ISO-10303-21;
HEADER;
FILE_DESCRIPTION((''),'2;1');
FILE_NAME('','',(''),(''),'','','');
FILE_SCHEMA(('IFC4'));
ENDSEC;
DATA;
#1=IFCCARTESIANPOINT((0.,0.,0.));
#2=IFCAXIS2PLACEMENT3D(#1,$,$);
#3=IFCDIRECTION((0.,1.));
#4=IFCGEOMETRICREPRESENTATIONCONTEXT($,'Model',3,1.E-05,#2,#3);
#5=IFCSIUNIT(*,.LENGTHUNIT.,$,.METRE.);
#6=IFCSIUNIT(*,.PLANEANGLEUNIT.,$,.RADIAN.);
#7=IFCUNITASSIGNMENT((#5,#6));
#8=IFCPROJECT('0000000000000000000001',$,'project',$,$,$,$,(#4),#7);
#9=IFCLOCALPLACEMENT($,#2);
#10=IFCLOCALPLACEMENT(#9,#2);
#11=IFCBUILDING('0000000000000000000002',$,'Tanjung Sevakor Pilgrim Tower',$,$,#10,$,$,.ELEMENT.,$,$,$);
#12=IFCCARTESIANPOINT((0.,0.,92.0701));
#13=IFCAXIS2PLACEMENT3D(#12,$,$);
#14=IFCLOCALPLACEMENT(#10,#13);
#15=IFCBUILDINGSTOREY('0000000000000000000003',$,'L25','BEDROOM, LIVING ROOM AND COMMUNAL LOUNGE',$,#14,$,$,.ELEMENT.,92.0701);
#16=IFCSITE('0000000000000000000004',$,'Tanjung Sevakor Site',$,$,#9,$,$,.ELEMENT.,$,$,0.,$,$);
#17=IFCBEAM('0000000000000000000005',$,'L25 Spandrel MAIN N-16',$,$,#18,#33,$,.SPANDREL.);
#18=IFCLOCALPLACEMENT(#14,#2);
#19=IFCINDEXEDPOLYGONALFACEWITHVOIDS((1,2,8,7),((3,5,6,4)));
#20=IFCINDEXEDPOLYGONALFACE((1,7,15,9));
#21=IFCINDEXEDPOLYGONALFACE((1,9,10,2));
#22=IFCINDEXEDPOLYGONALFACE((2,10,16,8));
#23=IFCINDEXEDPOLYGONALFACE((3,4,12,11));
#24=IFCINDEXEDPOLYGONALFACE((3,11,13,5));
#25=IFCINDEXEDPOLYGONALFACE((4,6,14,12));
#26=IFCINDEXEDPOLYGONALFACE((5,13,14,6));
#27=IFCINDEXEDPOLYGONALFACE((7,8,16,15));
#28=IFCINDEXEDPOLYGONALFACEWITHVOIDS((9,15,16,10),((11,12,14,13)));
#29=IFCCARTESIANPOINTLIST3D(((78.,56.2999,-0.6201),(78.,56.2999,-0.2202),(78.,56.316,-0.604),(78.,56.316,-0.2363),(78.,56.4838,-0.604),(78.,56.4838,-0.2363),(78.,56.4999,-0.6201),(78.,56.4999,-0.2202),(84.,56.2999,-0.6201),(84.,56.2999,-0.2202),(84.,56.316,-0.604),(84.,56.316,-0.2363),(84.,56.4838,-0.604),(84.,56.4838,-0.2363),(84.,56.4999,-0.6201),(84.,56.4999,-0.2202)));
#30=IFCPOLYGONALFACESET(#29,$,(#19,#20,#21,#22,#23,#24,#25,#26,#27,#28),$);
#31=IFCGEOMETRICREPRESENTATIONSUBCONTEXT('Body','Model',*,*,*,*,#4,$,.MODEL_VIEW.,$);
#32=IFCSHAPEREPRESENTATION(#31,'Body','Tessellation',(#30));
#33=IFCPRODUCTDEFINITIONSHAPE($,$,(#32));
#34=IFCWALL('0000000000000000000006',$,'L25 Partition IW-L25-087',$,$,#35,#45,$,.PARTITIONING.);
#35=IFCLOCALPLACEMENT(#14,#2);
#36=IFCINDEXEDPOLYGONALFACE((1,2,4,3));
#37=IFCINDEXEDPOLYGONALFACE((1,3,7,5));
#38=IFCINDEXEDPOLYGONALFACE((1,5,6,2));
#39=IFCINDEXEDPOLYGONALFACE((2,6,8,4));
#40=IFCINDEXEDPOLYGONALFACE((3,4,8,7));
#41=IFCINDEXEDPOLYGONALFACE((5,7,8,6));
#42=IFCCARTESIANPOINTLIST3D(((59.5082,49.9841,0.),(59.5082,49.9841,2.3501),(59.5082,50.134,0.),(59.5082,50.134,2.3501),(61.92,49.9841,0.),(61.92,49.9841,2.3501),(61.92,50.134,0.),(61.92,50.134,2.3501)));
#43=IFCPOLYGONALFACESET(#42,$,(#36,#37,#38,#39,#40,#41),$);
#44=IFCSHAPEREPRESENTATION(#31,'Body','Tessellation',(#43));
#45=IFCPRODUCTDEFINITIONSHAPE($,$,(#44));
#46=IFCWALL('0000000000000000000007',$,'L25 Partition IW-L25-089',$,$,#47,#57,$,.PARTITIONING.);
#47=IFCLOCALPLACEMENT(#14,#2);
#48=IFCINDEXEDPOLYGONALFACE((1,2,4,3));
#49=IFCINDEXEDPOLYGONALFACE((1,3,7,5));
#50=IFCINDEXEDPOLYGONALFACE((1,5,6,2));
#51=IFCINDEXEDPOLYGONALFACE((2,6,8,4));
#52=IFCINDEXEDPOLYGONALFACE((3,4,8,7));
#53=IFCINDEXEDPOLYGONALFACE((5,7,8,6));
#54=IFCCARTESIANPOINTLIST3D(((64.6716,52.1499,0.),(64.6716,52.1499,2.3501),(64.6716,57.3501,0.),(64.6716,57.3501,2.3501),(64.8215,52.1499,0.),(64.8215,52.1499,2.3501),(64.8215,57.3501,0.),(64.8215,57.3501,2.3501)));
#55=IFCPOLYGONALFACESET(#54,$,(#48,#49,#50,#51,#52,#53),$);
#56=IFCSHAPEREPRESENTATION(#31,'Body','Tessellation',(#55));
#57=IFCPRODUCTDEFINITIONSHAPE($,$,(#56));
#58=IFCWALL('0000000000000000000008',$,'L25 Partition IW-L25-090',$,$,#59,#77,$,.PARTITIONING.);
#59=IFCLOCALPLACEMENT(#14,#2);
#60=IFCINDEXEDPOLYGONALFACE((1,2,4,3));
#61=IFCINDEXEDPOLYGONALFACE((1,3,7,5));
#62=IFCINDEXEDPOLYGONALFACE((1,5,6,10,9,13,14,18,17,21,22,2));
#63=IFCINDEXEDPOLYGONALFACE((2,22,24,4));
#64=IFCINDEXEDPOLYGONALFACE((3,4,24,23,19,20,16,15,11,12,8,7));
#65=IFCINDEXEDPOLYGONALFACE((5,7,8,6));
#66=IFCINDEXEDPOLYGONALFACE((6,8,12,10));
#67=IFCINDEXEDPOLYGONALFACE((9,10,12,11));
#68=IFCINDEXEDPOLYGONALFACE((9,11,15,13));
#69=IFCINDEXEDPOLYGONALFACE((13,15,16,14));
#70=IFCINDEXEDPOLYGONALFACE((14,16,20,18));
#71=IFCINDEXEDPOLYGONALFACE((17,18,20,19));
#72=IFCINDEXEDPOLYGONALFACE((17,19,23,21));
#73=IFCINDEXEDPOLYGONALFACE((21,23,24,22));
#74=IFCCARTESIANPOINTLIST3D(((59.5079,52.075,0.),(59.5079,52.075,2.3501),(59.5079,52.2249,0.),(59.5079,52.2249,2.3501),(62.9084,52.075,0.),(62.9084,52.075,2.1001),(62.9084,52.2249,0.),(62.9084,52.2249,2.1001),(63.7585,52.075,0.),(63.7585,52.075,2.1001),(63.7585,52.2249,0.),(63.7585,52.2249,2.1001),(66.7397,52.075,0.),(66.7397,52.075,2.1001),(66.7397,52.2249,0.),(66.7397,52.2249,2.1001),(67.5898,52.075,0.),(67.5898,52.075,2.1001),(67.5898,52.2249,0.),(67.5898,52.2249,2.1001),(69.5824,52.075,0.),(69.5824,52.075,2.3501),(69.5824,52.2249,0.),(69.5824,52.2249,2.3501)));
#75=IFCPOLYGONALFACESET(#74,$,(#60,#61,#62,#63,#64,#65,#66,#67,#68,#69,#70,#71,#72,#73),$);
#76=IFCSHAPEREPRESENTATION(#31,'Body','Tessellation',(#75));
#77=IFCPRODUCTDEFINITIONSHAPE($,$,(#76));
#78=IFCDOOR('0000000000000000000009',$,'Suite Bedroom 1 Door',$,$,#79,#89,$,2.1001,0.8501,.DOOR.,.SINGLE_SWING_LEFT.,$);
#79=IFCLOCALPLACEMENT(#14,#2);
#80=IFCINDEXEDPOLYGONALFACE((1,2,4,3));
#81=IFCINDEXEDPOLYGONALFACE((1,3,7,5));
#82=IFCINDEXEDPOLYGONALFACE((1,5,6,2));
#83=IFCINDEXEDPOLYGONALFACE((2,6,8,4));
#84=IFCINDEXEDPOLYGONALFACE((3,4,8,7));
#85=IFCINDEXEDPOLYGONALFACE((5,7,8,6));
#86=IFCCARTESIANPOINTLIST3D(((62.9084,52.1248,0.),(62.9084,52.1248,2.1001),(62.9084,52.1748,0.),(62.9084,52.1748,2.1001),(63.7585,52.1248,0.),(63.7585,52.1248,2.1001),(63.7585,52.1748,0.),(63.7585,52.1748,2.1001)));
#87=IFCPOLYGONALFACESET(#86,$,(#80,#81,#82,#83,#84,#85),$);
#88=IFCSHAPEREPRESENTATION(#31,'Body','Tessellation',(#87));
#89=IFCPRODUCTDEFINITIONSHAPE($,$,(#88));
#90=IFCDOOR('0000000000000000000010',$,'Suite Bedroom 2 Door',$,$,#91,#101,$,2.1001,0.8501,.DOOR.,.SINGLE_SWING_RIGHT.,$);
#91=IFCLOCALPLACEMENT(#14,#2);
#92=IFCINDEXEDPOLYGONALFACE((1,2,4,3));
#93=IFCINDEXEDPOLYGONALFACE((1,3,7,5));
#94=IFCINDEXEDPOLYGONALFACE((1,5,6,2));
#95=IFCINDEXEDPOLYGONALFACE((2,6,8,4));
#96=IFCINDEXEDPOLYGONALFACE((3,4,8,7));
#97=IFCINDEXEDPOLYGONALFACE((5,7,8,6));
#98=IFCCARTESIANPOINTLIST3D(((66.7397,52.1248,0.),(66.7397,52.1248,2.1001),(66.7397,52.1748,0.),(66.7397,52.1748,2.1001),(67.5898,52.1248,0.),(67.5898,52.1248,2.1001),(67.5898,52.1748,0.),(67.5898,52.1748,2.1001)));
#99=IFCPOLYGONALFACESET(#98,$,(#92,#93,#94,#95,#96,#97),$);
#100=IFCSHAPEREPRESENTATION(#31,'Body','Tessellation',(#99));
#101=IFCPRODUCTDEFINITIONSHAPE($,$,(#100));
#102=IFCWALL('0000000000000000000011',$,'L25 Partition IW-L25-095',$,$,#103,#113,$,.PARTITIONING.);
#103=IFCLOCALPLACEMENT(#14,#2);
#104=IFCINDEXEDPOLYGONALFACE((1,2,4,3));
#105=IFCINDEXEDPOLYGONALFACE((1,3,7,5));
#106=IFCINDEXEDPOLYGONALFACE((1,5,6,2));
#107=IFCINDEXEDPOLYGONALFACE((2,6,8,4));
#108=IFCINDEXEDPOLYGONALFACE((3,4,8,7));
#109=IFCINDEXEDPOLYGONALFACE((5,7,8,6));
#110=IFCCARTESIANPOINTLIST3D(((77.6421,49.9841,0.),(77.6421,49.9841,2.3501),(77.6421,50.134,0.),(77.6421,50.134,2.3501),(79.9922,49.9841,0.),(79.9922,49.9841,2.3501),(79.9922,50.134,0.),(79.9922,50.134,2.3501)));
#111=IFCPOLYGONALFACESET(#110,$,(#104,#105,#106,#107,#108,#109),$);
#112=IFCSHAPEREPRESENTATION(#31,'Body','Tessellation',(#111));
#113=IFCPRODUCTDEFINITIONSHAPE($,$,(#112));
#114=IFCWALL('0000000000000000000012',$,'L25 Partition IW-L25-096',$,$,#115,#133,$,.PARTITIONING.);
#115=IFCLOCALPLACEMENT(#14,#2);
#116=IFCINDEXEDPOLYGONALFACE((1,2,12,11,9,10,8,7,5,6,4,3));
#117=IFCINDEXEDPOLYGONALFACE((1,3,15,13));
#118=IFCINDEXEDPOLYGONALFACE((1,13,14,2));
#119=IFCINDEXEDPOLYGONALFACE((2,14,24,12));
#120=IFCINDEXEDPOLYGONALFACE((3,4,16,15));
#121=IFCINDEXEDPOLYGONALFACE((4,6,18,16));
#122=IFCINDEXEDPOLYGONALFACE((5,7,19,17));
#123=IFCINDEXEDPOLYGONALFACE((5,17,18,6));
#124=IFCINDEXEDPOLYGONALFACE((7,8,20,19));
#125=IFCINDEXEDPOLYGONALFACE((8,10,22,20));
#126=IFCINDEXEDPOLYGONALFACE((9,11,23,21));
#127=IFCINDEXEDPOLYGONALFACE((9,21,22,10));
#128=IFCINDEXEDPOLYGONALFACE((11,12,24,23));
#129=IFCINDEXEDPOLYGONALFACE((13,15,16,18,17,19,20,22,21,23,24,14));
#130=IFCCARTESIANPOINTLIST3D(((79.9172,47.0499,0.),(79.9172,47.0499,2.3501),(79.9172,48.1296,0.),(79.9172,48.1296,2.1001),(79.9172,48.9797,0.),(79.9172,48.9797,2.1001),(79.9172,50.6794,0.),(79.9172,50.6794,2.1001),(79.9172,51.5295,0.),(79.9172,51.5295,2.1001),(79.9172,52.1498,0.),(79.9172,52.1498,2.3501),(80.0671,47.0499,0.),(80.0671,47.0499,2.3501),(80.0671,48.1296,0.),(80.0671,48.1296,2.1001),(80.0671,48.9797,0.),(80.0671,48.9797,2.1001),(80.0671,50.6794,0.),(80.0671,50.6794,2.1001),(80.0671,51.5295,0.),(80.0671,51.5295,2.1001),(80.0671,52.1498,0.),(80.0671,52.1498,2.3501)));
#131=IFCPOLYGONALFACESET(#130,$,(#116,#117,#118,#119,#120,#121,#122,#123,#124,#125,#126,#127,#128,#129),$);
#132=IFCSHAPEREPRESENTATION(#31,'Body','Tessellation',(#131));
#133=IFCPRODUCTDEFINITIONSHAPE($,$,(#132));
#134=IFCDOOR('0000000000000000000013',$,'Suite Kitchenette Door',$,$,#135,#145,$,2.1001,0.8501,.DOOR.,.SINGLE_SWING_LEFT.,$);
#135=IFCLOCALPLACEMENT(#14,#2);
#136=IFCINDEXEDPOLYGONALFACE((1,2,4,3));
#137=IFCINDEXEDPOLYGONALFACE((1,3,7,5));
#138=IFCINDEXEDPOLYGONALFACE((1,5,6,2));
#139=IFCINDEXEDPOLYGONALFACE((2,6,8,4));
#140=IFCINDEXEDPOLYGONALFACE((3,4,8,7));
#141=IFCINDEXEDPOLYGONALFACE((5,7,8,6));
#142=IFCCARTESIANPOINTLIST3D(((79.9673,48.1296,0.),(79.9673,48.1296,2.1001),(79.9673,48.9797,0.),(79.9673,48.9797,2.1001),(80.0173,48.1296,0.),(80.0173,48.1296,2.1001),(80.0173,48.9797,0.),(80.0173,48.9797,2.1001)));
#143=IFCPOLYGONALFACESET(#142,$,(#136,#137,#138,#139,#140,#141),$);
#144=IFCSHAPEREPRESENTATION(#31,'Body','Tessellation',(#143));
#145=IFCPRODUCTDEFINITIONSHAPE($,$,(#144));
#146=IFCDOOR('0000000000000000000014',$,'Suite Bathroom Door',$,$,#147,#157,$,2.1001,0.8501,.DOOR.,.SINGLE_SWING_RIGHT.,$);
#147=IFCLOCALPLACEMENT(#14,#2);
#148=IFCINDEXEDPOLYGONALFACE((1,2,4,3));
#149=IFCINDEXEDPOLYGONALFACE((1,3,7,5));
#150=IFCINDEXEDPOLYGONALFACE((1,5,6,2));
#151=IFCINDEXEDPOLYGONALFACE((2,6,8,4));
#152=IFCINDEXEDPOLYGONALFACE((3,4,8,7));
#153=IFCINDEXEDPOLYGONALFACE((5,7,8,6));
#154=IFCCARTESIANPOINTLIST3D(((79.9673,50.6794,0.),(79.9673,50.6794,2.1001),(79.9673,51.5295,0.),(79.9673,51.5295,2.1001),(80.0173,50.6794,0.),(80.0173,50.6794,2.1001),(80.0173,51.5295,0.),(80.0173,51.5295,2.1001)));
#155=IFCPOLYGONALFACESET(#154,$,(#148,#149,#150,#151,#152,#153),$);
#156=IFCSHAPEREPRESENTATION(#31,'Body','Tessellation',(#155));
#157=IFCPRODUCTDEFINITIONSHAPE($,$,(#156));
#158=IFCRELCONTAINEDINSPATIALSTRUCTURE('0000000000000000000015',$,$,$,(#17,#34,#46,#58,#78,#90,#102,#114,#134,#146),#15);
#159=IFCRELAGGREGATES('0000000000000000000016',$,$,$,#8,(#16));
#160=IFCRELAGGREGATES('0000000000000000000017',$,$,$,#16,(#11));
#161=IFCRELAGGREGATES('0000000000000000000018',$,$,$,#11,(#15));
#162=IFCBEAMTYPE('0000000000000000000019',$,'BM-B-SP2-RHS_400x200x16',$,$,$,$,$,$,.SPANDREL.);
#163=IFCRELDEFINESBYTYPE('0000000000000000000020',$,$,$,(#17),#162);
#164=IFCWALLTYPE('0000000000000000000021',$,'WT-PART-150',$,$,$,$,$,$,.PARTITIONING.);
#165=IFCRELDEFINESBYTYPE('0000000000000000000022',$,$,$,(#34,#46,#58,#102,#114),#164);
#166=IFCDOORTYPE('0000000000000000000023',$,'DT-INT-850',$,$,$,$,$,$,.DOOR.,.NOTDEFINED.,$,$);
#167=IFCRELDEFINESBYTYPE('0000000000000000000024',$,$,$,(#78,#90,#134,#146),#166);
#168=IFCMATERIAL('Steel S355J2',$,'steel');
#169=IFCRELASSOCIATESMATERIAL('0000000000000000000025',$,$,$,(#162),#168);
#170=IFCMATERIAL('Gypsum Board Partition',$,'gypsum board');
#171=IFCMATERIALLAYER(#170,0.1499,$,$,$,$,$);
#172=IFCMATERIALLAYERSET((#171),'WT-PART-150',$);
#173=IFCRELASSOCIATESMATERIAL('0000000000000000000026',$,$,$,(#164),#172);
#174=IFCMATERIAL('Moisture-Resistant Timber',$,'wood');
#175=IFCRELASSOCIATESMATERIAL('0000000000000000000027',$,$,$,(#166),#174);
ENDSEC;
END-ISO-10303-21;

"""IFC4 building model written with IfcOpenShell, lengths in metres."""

from ifc_helpers import new_model, si_unit, direction, frame, frame_2d, origin, origin_2d, place, context, subcontext, project, spatial, rectangle, hollow_rectangle, extrude, material, layer, layer_set, material_profile, profile_set, type_object, element, fill, save


model = new_model("IFC4")

# Units and contexts
model_context = context("Model", 3, precision=1e-05, world=origin(), true_north=direction((0.0, 1.0)))
body_context = subcontext(model_context, "Body", "Model", "MODEL_VIEW")
ifc_project = project(units=[si_unit("LENGTHUNIT", "METRE"), si_unit("PLANEANGLEUNIT", "RADIAN")], contexts=[model_context])

# Site, building, storey
site_placement = place(None, origin())
site = spatial("IfcSite", under=ifc_project, at=site_placement, Name="Tanjung Sevakor Site", CompositionType="ELEMENT", RefElevation=0.0)
building_placement = place(site_placement, origin())
building = spatial("IfcBuilding", under=site, at=building_placement, Name="Tanjung Sevakor Pilgrim Tower", CompositionType="ELEMENT")
storey_placement = place(building_placement, frame((0.0, 0.0, 92.0701)))
storey = spatial("IfcBuildingStorey", under=building, at=storey_placement, Name="L25", Description="BEDROOM, LIVING ROOM AND COMMUNAL LOUNGE", CompositionType="ELEMENT", Elevation=92.0701)

# Beam
ifc_material_1 = material(Name="Steel S355J2", Category="steel")
ifc_material_profile_1 = material_profile(ifc_material_1, hollow_rectangle(XDim=0.2, YDim=0.3999, WallThickness=0.0161, at=origin_2d()))
ifc_profile_set_1 = profile_set([ifc_material_profile_1], Name="Steel S355J2")
beam_type_1 = type_object("IfcBeamType", Name="BM-B-SP2-RHS_400x200x16", PredefinedType="SPANDREL", material=ifc_profile_set_1)
for number, where, z_axis, x_axis, name in (
    (1, (78.0, 56.3999, -0.4202), (1.0, 0.0, 0.0), (0.0, 1.0, 0.0), "L25 Spandrel MAIN N-16"),
):
    element("IfcBeam", number, at=place(storey_placement, frame(where, z_axis=z_axis, x_axis=x_axis)), inside=storey, type_object=beam_type_1, Name=name, PredefinedType="SPANDREL", context=body_context, shape_type="SweptSolid", body=[
        extrude(hollow_rectangle(XDim=0.2, YDim=0.3999, WallThickness=0.0161, at=origin_2d()), origin(), (0.0, 0.0, 1.0), 6.0),
    ])

# Walls
ifc_material_2 = material(Name="Gypsum Board Partition", Category="gypsum board")
ifc_layer_1 = layer(ifc_material_2, 0.1499)
ifc_layer_set_1 = layer_set([ifc_layer_1], Name="WT-PART-150")
wall_type = type_object("IfcWallType", Name="WT-PART-150", PredefinedType="PARTITIONING", material=ifc_layer_set_1)
wall_1_placement = place(storey_placement, frame((59.5081, 50.0591, 0.0), z_axis=(0.0, 0.0, 1.0), x_axis=(1.0, 0.0, 0.0)))
element("IfcWall", 2, at=wall_1_placement, inside=storey, type_object=wall_type, Name="L25 Partition IW-L25-087", PredefinedType="PARTITIONING", context=body_context, shape_type="SweptSolid", body=[
    extrude(rectangle(XDim=2.4119, YDim=0.1499, at=frame_2d((1.2061, 0.0))), origin(), (0.0, 0.0, 1.0), 2.3501),
])
wall_2_placement = place(storey_placement, frame((64.7466, 52.1499, 0.0), z_axis=(0.0, 0.0, 1.0), x_axis=(0.0, 1.0, 0.0)))
element("IfcWall", 3, at=wall_2_placement, inside=storey, type_object=wall_type, Name="L25 Partition IW-L25-089", PredefinedType="PARTITIONING", context=body_context, shape_type="SweptSolid", body=[
    extrude(rectangle(XDim=5.2002, YDim=0.1499, at=frame_2d((2.6001, 0.0))), origin(), (0.0, 0.0, 1.0), 2.3501),
])

# Wall, openings, doors
wall_3_placement = place(storey_placement, frame((59.5081, 52.1499, 0.0), z_axis=(0.0, 0.0, 1.0), x_axis=(1.0, 0.0, 0.0)))
wall_3 = element("IfcWall", 4, at=wall_3_placement, inside=storey, type_object=wall_type, Name="L25 Partition IW-L25-090", PredefinedType="PARTITIONING", context=body_context, shape_type="SweptSolid", body=[
    extrude(rectangle(XDim=10.0745, YDim=0.1499, at=frame_2d((5.0371, 0.0))), origin(), (0.0, 0.0, 1.0), 2.3501),
])
opening_1_placement = place(wall_3_placement, frame((3.4004, 0.0, 0.0)))
opening_1 = element("IfcOpeningElement", 5, at=opening_1_placement, cuts=wall_3, PredefinedType="OPENING", context=body_context, shape_type="SweptSolid", body=[
    extrude(rectangle(XDim=0.8501, YDim=2.1001, at=frame_2d((0.425, 1.05))), frame((0.0, 0.085, 0.0), z_axis=(0.0, -1.0, 0.0), x_axis=(1.0, 0.0, 0.0)), (0.0, 0.0, 1.0), 0.1699),
])
opening_2_placement = place(wall_3_placement, frame((7.2317, 0.0, 0.0)))
opening_2 = element("IfcOpeningElement", 6, at=opening_2_placement, cuts=wall_3, PredefinedType="OPENING", context=body_context, shape_type="SweptSolid", body=[
    extrude(rectangle(XDim=0.8501, YDim=2.1001, at=frame_2d((0.425, 1.05))), frame((0.0, 0.085, 0.0), z_axis=(0.0, -1.0, 0.0), x_axis=(1.0, 0.0, 0.0)), (0.0, 0.0, 1.0), 0.1699),
])
ifc_material_3 = material(Name="Moisture-Resistant Timber", Category="wood")
door_type = type_object("IfcDoorType", Name="DT-INT-850", OperationType="NOTDEFINED", PredefinedType="DOOR", material=ifc_material_3)
door_1_placement = place(opening_1_placement, origin())
door_1 = element("IfcDoor", 7, at=door_1_placement, inside=storey, type_object=door_type, Name="Suite Bedroom 1 Door", OperationType="SINGLE_SWING_LEFT", OverallHeight=2.1001, OverallWidth=0.8501, PredefinedType="DOOR", context=body_context, shape_type="SweptSolid", body=[
    extrude(rectangle(XDim=0.8501, YDim=2.1001, at=frame_2d((0.425, 1.05))), frame((0.0, 0.0249, 0.0), z_axis=(0.0, -1.0, 0.0), x_axis=(1.0, 0.0, 0.0)), (0.0, 0.0, 1.0), 0.05),
])
fill(opening_1, door_1)
door_2_placement = place(opening_2_placement, origin())
door_2 = element("IfcDoor", 8, at=door_2_placement, inside=storey, type_object=door_type, Name="Suite Bedroom 2 Door", OperationType="SINGLE_SWING_RIGHT", OverallHeight=2.1001, OverallWidth=0.8501, PredefinedType="DOOR", context=body_context, shape_type="SweptSolid", body=[
    extrude(rectangle(XDim=0.8501, YDim=2.1001, at=frame_2d((0.425, 1.05))), frame((0.0, 0.0249, 0.0), z_axis=(0.0, -1.0, 0.0), x_axis=(1.0, 0.0, 0.0)), (0.0, 0.0, 1.0), 0.05),
])
fill(opening_2, door_2)

# Wall
wall_4_placement = place(storey_placement, frame((77.6421, 50.0591, 0.0), z_axis=(0.0, 0.0, 1.0), x_axis=(1.0, 0.0, 0.0)))
element("IfcWall", 9, at=wall_4_placement, inside=storey, type_object=wall_type, Name="L25 Partition IW-L25-095", PredefinedType="PARTITIONING", context=body_context, shape_type="SweptSolid", body=[
    extrude(rectangle(XDim=2.3501, YDim=0.1499, at=frame_2d((1.175, 0.0))), origin(), (0.0, 0.0, 1.0), 2.3501),
])

# Wall, openings, doors
wall_5_placement = place(storey_placement, frame((79.9922, 47.05, 0.0), z_axis=(0.0, 0.0, 1.0), x_axis=(0.0, 1.0, 0.0)))
wall_5 = element("IfcWall", 10, at=wall_5_placement, inside=storey, type_object=wall_type, Name="L25 Partition IW-L25-096", PredefinedType="PARTITIONING", context=body_context, shape_type="SweptSolid", body=[
    extrude(rectangle(XDim=5.0999, YDim=0.1499, at=frame_2d((2.5498, 0.0))), origin(), (0.0, 0.0, 1.0), 2.3501),
])
opening_3_placement = place(wall_5_placement, frame((1.0796, 0.0, 0.0)))
opening_3 = element("IfcOpeningElement", 11, at=opening_3_placement, cuts=wall_5, PredefinedType="OPENING", context=body_context, shape_type="SweptSolid", body=[
    extrude(rectangle(XDim=0.8501, YDim=2.1001, at=frame_2d((0.425, 1.05))), frame((0.0, 0.085, 0.0), z_axis=(0.0, -1.0, 0.0), x_axis=(1.0, 0.0, 0.0)), (0.0, 0.0, 1.0), 0.1699),
])
opening_4_placement = place(wall_5_placement, frame((3.6294, 0.0, 0.0)))
opening_4 = element("IfcOpeningElement", 12, at=opening_4_placement, cuts=wall_5, PredefinedType="OPENING", context=body_context, shape_type="SweptSolid", body=[
    extrude(rectangle(XDim=0.8501, YDim=2.1001, at=frame_2d((0.425, 1.05))), frame((0.0, 0.085, 0.0), z_axis=(0.0, -1.0, 0.0), x_axis=(1.0, 0.0, 0.0)), (0.0, 0.0, 1.0), 0.1699),
])
door_3_placement = place(opening_3_placement, origin())
door_3 = element("IfcDoor", 13, at=door_3_placement, inside=storey, type_object=door_type, Name="Suite Kitchenette Door", OperationType="SINGLE_SWING_LEFT", OverallHeight=2.1001, OverallWidth=0.8501, PredefinedType="DOOR", context=body_context, shape_type="SweptSolid", body=[
    extrude(rectangle(XDim=0.8501, YDim=2.1001, at=frame_2d((0.425, 1.05))), frame((0.0, 0.0249, 0.0), z_axis=(0.0, -1.0, 0.0), x_axis=(1.0, 0.0, 0.0)), (0.0, 0.0, 1.0), 0.05),
])
fill(opening_3, door_3)
door_4_placement = place(opening_4_placement, origin())
door_4 = element("IfcDoor", 14, at=door_4_placement, inside=storey, type_object=door_type, Name="Suite Bathroom Door", OperationType="SINGLE_SWING_RIGHT", OverallHeight=2.1001, OverallWidth=0.8501, PredefinedType="DOOR", context=body_context, shape_type="SweptSolid", body=[
    extrude(rectangle(XDim=0.8501, YDim=2.1001, at=frame_2d((0.425, 1.05))), frame((0.0, 0.0249, 0.0), z_axis=(0.0, -1.0, 0.0), x_axis=(1.0, 0.0, 0.0)), (0.0, 0.0, 1.0), 0.05),
])
fill(opening_4, door_4)

save(model, "model.ifc")
